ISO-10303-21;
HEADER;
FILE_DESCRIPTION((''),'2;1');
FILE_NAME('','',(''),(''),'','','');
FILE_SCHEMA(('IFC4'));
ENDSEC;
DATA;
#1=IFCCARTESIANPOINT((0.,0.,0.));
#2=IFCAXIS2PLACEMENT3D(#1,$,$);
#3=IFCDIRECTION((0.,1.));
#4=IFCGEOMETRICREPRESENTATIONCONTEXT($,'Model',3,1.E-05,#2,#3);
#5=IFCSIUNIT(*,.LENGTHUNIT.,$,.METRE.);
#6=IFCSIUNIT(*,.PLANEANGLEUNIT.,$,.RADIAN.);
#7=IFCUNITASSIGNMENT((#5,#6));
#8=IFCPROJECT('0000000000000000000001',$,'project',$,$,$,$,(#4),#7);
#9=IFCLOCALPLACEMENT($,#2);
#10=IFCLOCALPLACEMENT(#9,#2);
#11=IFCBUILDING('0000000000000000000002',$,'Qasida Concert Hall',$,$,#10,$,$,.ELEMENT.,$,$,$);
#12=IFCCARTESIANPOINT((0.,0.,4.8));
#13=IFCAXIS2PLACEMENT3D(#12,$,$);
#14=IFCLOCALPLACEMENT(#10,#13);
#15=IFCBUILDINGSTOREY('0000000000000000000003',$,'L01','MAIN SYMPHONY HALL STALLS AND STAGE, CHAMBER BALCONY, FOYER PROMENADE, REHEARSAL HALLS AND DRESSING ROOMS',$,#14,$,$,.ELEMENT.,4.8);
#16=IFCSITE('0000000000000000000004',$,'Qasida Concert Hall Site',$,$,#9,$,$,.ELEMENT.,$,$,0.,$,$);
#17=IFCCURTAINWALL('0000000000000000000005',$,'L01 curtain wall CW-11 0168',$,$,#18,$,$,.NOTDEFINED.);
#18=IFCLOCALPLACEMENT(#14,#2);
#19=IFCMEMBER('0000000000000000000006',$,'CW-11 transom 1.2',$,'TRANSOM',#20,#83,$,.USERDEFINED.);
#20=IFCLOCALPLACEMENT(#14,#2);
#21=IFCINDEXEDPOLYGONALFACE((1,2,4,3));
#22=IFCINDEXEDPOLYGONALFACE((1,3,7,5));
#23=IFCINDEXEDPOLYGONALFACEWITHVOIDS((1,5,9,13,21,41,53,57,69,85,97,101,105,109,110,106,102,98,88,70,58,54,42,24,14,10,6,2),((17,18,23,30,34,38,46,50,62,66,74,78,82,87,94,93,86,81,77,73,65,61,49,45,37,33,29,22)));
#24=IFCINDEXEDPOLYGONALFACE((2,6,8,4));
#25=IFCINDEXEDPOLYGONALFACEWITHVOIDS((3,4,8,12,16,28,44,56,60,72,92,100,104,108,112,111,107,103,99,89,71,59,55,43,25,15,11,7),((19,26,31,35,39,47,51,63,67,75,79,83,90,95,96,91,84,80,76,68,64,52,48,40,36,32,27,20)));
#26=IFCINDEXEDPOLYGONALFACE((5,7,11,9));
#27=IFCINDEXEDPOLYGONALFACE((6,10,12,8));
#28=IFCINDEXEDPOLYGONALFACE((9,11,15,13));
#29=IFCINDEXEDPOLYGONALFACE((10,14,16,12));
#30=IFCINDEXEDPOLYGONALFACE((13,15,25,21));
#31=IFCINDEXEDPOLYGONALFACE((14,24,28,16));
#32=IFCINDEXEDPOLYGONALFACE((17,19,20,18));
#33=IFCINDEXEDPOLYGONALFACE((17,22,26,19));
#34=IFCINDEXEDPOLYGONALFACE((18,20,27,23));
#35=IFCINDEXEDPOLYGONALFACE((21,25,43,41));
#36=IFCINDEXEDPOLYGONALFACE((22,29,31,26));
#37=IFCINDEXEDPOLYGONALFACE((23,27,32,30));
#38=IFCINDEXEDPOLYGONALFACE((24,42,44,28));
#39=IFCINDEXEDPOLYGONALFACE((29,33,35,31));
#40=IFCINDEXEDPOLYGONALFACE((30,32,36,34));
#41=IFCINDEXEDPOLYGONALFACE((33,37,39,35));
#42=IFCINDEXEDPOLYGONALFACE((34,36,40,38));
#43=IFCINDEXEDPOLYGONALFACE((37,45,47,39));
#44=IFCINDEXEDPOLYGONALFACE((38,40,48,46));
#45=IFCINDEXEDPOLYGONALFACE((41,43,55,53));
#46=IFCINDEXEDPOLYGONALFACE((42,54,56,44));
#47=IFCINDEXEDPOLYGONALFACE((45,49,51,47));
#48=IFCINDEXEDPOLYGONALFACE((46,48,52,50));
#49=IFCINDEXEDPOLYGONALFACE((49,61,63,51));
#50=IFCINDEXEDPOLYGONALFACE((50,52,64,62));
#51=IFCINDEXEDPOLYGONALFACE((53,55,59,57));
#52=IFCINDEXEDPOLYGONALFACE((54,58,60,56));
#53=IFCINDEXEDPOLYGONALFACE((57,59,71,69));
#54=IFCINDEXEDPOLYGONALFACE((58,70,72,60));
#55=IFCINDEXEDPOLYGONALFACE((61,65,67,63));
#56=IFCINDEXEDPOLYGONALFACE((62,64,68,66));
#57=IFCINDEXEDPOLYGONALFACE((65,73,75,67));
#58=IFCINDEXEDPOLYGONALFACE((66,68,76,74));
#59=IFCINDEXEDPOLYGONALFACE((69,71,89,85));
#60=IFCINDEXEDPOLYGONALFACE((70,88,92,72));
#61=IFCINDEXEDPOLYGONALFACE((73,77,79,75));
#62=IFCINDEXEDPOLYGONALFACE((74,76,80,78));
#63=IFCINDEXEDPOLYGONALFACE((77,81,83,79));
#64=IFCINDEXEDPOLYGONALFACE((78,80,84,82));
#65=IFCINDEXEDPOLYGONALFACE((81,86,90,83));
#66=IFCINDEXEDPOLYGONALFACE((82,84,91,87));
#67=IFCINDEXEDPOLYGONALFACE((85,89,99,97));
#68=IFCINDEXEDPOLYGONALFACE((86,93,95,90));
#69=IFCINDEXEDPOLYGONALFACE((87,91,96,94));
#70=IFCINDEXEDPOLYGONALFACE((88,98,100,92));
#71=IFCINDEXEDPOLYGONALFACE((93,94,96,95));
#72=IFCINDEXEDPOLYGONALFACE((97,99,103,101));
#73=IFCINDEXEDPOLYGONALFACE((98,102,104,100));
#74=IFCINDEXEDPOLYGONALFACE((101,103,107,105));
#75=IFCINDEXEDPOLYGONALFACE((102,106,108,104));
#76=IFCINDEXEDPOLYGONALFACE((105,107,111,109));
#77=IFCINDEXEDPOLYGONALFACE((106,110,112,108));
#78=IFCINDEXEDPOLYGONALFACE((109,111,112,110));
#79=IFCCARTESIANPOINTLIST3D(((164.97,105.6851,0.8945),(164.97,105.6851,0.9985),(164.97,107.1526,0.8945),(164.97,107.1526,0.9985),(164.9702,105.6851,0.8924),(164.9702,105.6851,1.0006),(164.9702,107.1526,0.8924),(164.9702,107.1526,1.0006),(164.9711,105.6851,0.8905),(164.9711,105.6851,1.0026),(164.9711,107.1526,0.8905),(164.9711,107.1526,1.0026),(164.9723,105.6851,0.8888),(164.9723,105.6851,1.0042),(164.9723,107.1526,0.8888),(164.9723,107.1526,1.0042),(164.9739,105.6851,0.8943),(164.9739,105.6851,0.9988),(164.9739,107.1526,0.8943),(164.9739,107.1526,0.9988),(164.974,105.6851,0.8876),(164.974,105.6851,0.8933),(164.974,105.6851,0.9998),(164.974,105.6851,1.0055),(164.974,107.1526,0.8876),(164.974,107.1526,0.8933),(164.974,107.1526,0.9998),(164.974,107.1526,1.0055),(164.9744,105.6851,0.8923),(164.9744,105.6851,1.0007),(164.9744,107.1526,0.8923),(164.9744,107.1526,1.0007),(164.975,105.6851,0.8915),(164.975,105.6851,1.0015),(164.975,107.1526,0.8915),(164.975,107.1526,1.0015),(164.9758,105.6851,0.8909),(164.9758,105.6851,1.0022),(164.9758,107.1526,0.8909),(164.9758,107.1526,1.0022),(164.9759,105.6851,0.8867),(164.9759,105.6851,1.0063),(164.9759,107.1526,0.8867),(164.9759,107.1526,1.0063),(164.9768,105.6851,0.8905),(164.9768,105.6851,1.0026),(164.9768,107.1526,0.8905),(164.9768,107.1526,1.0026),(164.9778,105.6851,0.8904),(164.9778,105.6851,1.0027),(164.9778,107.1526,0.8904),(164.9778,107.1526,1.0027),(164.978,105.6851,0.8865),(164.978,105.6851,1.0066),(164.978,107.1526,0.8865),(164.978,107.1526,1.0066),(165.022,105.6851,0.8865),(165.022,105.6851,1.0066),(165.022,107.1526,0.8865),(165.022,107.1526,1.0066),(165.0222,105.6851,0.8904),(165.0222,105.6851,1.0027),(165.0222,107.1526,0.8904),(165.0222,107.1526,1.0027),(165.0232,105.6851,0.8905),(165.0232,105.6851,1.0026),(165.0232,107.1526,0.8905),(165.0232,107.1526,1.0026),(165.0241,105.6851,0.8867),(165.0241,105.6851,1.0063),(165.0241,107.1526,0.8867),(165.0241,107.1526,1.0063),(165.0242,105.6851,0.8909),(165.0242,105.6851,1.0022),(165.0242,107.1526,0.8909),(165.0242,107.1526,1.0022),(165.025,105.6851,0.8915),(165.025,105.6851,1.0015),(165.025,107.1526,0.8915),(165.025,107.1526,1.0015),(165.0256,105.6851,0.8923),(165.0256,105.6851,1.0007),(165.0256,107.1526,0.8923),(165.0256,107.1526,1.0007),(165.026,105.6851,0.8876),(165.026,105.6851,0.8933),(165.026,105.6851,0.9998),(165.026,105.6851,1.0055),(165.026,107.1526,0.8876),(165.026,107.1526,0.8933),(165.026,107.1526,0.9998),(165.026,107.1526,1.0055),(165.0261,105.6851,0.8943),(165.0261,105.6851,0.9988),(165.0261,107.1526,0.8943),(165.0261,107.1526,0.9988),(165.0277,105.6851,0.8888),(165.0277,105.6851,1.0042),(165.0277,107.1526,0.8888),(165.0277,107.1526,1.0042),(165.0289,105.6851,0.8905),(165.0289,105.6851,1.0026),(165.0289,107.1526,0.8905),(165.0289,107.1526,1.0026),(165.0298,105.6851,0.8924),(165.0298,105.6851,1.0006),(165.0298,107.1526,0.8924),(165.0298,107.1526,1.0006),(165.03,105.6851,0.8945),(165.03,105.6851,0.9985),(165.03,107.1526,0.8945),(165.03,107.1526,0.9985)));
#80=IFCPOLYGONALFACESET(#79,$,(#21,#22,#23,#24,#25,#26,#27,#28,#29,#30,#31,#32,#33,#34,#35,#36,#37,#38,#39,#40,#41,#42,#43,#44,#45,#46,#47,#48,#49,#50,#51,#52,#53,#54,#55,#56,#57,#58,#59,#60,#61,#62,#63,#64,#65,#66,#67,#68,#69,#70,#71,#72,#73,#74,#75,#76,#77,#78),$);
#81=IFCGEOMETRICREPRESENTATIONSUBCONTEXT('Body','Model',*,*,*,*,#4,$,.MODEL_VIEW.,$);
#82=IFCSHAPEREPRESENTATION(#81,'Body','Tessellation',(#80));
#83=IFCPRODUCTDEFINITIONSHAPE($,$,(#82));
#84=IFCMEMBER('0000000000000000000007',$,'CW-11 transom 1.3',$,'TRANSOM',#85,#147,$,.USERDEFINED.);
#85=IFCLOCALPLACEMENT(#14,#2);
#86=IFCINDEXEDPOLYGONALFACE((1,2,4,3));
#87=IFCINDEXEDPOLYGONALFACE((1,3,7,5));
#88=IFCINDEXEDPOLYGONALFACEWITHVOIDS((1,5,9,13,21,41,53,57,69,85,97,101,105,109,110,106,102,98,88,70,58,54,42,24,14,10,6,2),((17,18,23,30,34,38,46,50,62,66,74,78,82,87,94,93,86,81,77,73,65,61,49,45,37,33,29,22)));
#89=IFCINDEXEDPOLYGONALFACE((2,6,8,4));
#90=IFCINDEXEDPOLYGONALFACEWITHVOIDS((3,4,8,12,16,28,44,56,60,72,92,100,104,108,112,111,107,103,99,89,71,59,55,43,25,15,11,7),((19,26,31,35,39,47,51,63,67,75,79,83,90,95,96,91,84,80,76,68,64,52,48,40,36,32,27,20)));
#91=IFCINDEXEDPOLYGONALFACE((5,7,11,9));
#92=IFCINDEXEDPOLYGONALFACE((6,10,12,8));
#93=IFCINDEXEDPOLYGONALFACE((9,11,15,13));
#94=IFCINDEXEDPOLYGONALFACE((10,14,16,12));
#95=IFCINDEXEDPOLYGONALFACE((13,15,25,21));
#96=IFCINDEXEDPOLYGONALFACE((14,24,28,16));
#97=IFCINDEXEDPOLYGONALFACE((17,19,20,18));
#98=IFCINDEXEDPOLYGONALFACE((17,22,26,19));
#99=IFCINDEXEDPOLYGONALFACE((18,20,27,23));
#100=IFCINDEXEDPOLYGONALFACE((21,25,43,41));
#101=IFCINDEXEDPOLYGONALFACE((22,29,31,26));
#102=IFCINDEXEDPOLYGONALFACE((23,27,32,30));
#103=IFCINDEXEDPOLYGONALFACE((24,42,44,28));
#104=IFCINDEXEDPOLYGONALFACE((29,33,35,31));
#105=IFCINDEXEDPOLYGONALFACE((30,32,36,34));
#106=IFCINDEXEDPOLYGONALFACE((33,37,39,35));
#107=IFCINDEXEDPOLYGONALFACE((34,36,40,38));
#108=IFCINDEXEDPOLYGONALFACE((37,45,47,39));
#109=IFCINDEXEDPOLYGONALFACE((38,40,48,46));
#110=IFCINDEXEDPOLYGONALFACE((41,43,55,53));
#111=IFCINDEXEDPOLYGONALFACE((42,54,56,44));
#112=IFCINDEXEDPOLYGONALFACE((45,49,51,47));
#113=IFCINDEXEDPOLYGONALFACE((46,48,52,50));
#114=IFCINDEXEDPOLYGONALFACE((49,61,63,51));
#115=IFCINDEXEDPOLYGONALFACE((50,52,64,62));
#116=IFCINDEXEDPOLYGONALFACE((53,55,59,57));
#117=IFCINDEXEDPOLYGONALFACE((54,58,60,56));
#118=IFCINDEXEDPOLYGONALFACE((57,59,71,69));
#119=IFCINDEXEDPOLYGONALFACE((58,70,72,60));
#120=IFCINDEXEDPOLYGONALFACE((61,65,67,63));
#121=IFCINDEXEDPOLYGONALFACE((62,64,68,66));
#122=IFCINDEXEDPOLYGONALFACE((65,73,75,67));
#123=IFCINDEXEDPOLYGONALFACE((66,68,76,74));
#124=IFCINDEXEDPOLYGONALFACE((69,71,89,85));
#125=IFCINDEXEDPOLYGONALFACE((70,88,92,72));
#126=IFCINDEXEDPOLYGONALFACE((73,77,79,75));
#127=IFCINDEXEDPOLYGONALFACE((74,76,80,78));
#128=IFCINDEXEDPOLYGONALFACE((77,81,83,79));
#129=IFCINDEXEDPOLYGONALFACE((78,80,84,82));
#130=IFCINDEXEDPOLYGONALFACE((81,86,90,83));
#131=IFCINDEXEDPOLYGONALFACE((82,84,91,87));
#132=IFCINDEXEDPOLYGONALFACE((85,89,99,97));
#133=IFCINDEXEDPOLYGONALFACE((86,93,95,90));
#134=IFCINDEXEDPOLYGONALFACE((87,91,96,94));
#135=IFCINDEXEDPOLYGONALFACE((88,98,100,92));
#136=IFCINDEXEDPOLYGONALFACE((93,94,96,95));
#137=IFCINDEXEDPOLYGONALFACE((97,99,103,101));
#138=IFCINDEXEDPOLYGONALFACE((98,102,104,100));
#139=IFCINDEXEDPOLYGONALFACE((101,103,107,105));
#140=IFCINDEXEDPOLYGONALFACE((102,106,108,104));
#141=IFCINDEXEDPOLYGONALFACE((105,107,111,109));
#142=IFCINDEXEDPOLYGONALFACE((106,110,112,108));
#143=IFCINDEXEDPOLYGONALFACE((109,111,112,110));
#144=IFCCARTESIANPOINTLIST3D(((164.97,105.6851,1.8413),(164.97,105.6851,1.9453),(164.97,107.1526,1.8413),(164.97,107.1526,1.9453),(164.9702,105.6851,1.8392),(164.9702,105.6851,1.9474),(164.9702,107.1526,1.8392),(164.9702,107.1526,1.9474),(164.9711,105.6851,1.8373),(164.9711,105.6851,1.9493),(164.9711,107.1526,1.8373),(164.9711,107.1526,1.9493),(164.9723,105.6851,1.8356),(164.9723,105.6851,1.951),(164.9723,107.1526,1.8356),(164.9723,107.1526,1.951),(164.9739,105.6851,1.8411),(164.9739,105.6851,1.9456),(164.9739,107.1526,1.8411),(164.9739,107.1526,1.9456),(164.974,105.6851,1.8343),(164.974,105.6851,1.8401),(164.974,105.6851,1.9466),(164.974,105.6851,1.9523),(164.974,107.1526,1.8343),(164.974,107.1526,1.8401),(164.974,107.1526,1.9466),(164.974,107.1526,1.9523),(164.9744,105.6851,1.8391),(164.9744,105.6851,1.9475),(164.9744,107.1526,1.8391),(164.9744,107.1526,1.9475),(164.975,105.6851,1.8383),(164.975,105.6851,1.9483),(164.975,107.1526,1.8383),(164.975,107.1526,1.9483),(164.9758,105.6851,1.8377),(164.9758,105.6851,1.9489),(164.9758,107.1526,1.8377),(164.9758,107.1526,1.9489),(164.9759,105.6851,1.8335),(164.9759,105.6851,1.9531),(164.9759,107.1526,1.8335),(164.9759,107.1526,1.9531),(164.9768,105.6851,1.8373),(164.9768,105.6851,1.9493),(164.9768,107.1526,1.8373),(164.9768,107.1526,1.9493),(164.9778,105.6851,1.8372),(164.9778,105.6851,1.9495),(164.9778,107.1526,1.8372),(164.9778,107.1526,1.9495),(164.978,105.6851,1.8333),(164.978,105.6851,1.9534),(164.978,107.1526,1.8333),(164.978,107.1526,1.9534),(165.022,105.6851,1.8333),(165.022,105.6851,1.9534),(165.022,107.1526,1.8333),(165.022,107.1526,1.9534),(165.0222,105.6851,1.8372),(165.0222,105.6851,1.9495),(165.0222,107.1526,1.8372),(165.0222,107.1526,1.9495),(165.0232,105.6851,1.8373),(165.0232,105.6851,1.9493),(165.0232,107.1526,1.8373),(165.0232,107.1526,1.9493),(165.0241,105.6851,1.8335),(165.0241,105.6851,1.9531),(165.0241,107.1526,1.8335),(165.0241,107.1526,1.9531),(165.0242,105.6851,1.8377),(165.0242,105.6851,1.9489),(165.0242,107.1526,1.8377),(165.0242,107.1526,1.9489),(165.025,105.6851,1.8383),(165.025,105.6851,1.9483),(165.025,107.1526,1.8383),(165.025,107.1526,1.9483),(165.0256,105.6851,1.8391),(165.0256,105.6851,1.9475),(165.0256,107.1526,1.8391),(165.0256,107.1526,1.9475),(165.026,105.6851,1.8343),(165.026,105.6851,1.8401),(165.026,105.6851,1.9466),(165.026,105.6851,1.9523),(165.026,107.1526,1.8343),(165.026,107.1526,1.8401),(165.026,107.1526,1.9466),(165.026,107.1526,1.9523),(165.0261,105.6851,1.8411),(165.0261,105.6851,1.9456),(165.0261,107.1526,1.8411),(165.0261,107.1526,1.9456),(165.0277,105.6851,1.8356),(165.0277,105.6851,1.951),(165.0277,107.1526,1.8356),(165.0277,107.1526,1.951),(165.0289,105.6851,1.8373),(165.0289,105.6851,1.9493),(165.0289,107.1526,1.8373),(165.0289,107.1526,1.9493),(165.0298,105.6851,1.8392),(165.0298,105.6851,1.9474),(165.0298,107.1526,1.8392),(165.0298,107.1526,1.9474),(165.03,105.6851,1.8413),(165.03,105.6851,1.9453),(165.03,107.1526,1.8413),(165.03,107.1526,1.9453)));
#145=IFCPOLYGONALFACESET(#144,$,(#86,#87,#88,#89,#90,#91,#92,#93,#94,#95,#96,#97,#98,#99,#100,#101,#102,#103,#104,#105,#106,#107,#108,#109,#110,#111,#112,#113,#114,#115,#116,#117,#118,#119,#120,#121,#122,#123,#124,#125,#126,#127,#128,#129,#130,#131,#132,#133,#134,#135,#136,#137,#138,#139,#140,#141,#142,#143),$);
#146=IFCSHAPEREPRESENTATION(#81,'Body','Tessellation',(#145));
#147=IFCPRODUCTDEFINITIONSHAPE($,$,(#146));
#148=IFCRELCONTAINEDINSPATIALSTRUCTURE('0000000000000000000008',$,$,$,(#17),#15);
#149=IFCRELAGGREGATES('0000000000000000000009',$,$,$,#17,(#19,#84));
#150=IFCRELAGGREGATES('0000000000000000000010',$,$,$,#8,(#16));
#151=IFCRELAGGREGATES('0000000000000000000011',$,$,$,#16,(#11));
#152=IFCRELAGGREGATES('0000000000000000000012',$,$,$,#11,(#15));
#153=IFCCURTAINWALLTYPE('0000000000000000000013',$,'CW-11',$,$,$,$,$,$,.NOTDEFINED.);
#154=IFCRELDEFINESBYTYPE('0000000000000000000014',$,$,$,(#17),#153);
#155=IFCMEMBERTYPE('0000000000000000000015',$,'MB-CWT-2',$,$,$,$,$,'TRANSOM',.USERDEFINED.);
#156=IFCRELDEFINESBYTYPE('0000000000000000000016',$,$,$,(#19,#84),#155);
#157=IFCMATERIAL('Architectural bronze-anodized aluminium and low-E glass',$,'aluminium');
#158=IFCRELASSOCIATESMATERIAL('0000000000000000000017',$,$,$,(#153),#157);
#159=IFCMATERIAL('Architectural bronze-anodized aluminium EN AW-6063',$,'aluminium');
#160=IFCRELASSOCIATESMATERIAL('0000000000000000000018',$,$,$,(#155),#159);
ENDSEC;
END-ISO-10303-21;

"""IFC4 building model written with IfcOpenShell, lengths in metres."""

from ifc_helpers import new_model, si_unit, direction, frame, origin, origin_2d, place, context, subcontext, project, spatial, hollow_rectangle, extrude, material, material_profile, profile_set, type_object, element, aggregate, save


model = new_model("IFC4")

# Units and contexts
model_context = context("Model", 3, precision=1e-05, world=origin(), true_north=direction((0.0, 1.0)))
body_context = subcontext(model_context, "Body", "Model", "MODEL_VIEW")
ifc_project = project(units=[si_unit("LENGTHUNIT", "METRE"), si_unit("PLANEANGLEUNIT", "RADIAN")], contexts=[model_context])

# Site, building, storey
site_placement = place(None, origin())
site = spatial("IfcSite", under=ifc_project, at=site_placement, Name="Qasida Concert Hall Site", CompositionType="ELEMENT", RefElevation=0.0)
building_placement = place(site_placement, origin())
building = spatial("IfcBuilding", under=site, at=building_placement, Name="Qasida Concert Hall", CompositionType="ELEMENT")
storey_placement = place(building_placement, frame((0.0, 0.0, 4.8)))
storey = spatial("IfcBuildingStorey", under=building, at=storey_placement, Name="L01", Description="MAIN SYMPHONY HALL STALLS AND STAGE, CHAMBER BALCONY, FOYER PROMENADE, REHEARSAL HALLS AND DRESSING ROOMS", CompositionType="ELEMENT", Elevation=4.8)

# Curtain wall, members
ifc_material_1 = material(Name="Architectural bronze-anodized aluminium and low-E glass", Category="aluminium")
curtain_wall_type = type_object("IfcCurtainWallType", Name="CW-11", PredefinedType="NOTDEFINED", material=ifc_material_1)
curtain_wall_placement = place(storey_placement, origin())
curtain_wall = element("IfcCurtainWall", 1, at=curtain_wall_placement, inside=storey, type_object=curtain_wall_type, Name="L01 curtain wall CW-11 0168", PredefinedType="NOTDEFINED")
ifc_material_2 = material(Name="Architectural bronze-anodized aluminium EN AW-6063", Category="aluminium")
ifc_material_profile_1 = material_profile(ifc_material_2, hollow_rectangle(XDim=0.0601, YDim=0.1201, WallThickness=0.0039, InnerFilletRadius=0.0039, OuterFilletRadius=0.0081, at=origin_2d()), Name="CWT 120x60x4")
ifc_profile_set_1 = profile_set([ifc_material_profile_1], Name="Architectural bronze-anodized aluminium EN AW-6063")
member_type_1 = type_object("IfcMemberType", Name="MB-CWT-2", ElementType="TRANSOM", PredefinedType="USERDEFINED", material=ifc_profile_set_1)
member_1_placement = place(storey_placement, frame((165.0, 105.6851, 0.9465), z_axis=(0.0, 1.0, 0.0), x_axis=(-1.0, 0.0, 0.0)))
member_1 = element("IfcMember", 2, at=member_1_placement, type_object=member_type_1, Name="CW-11 transom 1.2", ObjectType="TRANSOM", PredefinedType="USERDEFINED", context=body_context, shape_type="SweptSolid", body=[
    extrude(hollow_rectangle(XDim=0.0601, YDim=0.1201, WallThickness=0.0039, InnerFilletRadius=0.0039, OuterFilletRadius=0.0081, at=origin_2d()), origin(), (0.0, 0.0, 1.0), 1.4675),
])
member_2_placement = place(storey_placement, frame((165.0, 105.6851, 1.8933), z_axis=(0.0, 1.0, 0.0), x_axis=(-1.0, 0.0, 0.0)))
member_2 = element("IfcMember", 3, at=member_2_placement, type_object=member_type_1, Name="CW-11 transom 1.3", ObjectType="TRANSOM", PredefinedType="USERDEFINED", context=body_context, shape_type="SweptSolid", body=[
    extrude(hollow_rectangle(XDim=0.0601, YDim=0.1201, WallThickness=0.0039, InnerFilletRadius=0.0039, OuterFilletRadius=0.0081, at=origin_2d()), origin(), (0.0, 0.0, 1.0), 1.4675),
])
aggregate(curtain_wall, [member_1, member_2])

save(model, "model.ifc")
